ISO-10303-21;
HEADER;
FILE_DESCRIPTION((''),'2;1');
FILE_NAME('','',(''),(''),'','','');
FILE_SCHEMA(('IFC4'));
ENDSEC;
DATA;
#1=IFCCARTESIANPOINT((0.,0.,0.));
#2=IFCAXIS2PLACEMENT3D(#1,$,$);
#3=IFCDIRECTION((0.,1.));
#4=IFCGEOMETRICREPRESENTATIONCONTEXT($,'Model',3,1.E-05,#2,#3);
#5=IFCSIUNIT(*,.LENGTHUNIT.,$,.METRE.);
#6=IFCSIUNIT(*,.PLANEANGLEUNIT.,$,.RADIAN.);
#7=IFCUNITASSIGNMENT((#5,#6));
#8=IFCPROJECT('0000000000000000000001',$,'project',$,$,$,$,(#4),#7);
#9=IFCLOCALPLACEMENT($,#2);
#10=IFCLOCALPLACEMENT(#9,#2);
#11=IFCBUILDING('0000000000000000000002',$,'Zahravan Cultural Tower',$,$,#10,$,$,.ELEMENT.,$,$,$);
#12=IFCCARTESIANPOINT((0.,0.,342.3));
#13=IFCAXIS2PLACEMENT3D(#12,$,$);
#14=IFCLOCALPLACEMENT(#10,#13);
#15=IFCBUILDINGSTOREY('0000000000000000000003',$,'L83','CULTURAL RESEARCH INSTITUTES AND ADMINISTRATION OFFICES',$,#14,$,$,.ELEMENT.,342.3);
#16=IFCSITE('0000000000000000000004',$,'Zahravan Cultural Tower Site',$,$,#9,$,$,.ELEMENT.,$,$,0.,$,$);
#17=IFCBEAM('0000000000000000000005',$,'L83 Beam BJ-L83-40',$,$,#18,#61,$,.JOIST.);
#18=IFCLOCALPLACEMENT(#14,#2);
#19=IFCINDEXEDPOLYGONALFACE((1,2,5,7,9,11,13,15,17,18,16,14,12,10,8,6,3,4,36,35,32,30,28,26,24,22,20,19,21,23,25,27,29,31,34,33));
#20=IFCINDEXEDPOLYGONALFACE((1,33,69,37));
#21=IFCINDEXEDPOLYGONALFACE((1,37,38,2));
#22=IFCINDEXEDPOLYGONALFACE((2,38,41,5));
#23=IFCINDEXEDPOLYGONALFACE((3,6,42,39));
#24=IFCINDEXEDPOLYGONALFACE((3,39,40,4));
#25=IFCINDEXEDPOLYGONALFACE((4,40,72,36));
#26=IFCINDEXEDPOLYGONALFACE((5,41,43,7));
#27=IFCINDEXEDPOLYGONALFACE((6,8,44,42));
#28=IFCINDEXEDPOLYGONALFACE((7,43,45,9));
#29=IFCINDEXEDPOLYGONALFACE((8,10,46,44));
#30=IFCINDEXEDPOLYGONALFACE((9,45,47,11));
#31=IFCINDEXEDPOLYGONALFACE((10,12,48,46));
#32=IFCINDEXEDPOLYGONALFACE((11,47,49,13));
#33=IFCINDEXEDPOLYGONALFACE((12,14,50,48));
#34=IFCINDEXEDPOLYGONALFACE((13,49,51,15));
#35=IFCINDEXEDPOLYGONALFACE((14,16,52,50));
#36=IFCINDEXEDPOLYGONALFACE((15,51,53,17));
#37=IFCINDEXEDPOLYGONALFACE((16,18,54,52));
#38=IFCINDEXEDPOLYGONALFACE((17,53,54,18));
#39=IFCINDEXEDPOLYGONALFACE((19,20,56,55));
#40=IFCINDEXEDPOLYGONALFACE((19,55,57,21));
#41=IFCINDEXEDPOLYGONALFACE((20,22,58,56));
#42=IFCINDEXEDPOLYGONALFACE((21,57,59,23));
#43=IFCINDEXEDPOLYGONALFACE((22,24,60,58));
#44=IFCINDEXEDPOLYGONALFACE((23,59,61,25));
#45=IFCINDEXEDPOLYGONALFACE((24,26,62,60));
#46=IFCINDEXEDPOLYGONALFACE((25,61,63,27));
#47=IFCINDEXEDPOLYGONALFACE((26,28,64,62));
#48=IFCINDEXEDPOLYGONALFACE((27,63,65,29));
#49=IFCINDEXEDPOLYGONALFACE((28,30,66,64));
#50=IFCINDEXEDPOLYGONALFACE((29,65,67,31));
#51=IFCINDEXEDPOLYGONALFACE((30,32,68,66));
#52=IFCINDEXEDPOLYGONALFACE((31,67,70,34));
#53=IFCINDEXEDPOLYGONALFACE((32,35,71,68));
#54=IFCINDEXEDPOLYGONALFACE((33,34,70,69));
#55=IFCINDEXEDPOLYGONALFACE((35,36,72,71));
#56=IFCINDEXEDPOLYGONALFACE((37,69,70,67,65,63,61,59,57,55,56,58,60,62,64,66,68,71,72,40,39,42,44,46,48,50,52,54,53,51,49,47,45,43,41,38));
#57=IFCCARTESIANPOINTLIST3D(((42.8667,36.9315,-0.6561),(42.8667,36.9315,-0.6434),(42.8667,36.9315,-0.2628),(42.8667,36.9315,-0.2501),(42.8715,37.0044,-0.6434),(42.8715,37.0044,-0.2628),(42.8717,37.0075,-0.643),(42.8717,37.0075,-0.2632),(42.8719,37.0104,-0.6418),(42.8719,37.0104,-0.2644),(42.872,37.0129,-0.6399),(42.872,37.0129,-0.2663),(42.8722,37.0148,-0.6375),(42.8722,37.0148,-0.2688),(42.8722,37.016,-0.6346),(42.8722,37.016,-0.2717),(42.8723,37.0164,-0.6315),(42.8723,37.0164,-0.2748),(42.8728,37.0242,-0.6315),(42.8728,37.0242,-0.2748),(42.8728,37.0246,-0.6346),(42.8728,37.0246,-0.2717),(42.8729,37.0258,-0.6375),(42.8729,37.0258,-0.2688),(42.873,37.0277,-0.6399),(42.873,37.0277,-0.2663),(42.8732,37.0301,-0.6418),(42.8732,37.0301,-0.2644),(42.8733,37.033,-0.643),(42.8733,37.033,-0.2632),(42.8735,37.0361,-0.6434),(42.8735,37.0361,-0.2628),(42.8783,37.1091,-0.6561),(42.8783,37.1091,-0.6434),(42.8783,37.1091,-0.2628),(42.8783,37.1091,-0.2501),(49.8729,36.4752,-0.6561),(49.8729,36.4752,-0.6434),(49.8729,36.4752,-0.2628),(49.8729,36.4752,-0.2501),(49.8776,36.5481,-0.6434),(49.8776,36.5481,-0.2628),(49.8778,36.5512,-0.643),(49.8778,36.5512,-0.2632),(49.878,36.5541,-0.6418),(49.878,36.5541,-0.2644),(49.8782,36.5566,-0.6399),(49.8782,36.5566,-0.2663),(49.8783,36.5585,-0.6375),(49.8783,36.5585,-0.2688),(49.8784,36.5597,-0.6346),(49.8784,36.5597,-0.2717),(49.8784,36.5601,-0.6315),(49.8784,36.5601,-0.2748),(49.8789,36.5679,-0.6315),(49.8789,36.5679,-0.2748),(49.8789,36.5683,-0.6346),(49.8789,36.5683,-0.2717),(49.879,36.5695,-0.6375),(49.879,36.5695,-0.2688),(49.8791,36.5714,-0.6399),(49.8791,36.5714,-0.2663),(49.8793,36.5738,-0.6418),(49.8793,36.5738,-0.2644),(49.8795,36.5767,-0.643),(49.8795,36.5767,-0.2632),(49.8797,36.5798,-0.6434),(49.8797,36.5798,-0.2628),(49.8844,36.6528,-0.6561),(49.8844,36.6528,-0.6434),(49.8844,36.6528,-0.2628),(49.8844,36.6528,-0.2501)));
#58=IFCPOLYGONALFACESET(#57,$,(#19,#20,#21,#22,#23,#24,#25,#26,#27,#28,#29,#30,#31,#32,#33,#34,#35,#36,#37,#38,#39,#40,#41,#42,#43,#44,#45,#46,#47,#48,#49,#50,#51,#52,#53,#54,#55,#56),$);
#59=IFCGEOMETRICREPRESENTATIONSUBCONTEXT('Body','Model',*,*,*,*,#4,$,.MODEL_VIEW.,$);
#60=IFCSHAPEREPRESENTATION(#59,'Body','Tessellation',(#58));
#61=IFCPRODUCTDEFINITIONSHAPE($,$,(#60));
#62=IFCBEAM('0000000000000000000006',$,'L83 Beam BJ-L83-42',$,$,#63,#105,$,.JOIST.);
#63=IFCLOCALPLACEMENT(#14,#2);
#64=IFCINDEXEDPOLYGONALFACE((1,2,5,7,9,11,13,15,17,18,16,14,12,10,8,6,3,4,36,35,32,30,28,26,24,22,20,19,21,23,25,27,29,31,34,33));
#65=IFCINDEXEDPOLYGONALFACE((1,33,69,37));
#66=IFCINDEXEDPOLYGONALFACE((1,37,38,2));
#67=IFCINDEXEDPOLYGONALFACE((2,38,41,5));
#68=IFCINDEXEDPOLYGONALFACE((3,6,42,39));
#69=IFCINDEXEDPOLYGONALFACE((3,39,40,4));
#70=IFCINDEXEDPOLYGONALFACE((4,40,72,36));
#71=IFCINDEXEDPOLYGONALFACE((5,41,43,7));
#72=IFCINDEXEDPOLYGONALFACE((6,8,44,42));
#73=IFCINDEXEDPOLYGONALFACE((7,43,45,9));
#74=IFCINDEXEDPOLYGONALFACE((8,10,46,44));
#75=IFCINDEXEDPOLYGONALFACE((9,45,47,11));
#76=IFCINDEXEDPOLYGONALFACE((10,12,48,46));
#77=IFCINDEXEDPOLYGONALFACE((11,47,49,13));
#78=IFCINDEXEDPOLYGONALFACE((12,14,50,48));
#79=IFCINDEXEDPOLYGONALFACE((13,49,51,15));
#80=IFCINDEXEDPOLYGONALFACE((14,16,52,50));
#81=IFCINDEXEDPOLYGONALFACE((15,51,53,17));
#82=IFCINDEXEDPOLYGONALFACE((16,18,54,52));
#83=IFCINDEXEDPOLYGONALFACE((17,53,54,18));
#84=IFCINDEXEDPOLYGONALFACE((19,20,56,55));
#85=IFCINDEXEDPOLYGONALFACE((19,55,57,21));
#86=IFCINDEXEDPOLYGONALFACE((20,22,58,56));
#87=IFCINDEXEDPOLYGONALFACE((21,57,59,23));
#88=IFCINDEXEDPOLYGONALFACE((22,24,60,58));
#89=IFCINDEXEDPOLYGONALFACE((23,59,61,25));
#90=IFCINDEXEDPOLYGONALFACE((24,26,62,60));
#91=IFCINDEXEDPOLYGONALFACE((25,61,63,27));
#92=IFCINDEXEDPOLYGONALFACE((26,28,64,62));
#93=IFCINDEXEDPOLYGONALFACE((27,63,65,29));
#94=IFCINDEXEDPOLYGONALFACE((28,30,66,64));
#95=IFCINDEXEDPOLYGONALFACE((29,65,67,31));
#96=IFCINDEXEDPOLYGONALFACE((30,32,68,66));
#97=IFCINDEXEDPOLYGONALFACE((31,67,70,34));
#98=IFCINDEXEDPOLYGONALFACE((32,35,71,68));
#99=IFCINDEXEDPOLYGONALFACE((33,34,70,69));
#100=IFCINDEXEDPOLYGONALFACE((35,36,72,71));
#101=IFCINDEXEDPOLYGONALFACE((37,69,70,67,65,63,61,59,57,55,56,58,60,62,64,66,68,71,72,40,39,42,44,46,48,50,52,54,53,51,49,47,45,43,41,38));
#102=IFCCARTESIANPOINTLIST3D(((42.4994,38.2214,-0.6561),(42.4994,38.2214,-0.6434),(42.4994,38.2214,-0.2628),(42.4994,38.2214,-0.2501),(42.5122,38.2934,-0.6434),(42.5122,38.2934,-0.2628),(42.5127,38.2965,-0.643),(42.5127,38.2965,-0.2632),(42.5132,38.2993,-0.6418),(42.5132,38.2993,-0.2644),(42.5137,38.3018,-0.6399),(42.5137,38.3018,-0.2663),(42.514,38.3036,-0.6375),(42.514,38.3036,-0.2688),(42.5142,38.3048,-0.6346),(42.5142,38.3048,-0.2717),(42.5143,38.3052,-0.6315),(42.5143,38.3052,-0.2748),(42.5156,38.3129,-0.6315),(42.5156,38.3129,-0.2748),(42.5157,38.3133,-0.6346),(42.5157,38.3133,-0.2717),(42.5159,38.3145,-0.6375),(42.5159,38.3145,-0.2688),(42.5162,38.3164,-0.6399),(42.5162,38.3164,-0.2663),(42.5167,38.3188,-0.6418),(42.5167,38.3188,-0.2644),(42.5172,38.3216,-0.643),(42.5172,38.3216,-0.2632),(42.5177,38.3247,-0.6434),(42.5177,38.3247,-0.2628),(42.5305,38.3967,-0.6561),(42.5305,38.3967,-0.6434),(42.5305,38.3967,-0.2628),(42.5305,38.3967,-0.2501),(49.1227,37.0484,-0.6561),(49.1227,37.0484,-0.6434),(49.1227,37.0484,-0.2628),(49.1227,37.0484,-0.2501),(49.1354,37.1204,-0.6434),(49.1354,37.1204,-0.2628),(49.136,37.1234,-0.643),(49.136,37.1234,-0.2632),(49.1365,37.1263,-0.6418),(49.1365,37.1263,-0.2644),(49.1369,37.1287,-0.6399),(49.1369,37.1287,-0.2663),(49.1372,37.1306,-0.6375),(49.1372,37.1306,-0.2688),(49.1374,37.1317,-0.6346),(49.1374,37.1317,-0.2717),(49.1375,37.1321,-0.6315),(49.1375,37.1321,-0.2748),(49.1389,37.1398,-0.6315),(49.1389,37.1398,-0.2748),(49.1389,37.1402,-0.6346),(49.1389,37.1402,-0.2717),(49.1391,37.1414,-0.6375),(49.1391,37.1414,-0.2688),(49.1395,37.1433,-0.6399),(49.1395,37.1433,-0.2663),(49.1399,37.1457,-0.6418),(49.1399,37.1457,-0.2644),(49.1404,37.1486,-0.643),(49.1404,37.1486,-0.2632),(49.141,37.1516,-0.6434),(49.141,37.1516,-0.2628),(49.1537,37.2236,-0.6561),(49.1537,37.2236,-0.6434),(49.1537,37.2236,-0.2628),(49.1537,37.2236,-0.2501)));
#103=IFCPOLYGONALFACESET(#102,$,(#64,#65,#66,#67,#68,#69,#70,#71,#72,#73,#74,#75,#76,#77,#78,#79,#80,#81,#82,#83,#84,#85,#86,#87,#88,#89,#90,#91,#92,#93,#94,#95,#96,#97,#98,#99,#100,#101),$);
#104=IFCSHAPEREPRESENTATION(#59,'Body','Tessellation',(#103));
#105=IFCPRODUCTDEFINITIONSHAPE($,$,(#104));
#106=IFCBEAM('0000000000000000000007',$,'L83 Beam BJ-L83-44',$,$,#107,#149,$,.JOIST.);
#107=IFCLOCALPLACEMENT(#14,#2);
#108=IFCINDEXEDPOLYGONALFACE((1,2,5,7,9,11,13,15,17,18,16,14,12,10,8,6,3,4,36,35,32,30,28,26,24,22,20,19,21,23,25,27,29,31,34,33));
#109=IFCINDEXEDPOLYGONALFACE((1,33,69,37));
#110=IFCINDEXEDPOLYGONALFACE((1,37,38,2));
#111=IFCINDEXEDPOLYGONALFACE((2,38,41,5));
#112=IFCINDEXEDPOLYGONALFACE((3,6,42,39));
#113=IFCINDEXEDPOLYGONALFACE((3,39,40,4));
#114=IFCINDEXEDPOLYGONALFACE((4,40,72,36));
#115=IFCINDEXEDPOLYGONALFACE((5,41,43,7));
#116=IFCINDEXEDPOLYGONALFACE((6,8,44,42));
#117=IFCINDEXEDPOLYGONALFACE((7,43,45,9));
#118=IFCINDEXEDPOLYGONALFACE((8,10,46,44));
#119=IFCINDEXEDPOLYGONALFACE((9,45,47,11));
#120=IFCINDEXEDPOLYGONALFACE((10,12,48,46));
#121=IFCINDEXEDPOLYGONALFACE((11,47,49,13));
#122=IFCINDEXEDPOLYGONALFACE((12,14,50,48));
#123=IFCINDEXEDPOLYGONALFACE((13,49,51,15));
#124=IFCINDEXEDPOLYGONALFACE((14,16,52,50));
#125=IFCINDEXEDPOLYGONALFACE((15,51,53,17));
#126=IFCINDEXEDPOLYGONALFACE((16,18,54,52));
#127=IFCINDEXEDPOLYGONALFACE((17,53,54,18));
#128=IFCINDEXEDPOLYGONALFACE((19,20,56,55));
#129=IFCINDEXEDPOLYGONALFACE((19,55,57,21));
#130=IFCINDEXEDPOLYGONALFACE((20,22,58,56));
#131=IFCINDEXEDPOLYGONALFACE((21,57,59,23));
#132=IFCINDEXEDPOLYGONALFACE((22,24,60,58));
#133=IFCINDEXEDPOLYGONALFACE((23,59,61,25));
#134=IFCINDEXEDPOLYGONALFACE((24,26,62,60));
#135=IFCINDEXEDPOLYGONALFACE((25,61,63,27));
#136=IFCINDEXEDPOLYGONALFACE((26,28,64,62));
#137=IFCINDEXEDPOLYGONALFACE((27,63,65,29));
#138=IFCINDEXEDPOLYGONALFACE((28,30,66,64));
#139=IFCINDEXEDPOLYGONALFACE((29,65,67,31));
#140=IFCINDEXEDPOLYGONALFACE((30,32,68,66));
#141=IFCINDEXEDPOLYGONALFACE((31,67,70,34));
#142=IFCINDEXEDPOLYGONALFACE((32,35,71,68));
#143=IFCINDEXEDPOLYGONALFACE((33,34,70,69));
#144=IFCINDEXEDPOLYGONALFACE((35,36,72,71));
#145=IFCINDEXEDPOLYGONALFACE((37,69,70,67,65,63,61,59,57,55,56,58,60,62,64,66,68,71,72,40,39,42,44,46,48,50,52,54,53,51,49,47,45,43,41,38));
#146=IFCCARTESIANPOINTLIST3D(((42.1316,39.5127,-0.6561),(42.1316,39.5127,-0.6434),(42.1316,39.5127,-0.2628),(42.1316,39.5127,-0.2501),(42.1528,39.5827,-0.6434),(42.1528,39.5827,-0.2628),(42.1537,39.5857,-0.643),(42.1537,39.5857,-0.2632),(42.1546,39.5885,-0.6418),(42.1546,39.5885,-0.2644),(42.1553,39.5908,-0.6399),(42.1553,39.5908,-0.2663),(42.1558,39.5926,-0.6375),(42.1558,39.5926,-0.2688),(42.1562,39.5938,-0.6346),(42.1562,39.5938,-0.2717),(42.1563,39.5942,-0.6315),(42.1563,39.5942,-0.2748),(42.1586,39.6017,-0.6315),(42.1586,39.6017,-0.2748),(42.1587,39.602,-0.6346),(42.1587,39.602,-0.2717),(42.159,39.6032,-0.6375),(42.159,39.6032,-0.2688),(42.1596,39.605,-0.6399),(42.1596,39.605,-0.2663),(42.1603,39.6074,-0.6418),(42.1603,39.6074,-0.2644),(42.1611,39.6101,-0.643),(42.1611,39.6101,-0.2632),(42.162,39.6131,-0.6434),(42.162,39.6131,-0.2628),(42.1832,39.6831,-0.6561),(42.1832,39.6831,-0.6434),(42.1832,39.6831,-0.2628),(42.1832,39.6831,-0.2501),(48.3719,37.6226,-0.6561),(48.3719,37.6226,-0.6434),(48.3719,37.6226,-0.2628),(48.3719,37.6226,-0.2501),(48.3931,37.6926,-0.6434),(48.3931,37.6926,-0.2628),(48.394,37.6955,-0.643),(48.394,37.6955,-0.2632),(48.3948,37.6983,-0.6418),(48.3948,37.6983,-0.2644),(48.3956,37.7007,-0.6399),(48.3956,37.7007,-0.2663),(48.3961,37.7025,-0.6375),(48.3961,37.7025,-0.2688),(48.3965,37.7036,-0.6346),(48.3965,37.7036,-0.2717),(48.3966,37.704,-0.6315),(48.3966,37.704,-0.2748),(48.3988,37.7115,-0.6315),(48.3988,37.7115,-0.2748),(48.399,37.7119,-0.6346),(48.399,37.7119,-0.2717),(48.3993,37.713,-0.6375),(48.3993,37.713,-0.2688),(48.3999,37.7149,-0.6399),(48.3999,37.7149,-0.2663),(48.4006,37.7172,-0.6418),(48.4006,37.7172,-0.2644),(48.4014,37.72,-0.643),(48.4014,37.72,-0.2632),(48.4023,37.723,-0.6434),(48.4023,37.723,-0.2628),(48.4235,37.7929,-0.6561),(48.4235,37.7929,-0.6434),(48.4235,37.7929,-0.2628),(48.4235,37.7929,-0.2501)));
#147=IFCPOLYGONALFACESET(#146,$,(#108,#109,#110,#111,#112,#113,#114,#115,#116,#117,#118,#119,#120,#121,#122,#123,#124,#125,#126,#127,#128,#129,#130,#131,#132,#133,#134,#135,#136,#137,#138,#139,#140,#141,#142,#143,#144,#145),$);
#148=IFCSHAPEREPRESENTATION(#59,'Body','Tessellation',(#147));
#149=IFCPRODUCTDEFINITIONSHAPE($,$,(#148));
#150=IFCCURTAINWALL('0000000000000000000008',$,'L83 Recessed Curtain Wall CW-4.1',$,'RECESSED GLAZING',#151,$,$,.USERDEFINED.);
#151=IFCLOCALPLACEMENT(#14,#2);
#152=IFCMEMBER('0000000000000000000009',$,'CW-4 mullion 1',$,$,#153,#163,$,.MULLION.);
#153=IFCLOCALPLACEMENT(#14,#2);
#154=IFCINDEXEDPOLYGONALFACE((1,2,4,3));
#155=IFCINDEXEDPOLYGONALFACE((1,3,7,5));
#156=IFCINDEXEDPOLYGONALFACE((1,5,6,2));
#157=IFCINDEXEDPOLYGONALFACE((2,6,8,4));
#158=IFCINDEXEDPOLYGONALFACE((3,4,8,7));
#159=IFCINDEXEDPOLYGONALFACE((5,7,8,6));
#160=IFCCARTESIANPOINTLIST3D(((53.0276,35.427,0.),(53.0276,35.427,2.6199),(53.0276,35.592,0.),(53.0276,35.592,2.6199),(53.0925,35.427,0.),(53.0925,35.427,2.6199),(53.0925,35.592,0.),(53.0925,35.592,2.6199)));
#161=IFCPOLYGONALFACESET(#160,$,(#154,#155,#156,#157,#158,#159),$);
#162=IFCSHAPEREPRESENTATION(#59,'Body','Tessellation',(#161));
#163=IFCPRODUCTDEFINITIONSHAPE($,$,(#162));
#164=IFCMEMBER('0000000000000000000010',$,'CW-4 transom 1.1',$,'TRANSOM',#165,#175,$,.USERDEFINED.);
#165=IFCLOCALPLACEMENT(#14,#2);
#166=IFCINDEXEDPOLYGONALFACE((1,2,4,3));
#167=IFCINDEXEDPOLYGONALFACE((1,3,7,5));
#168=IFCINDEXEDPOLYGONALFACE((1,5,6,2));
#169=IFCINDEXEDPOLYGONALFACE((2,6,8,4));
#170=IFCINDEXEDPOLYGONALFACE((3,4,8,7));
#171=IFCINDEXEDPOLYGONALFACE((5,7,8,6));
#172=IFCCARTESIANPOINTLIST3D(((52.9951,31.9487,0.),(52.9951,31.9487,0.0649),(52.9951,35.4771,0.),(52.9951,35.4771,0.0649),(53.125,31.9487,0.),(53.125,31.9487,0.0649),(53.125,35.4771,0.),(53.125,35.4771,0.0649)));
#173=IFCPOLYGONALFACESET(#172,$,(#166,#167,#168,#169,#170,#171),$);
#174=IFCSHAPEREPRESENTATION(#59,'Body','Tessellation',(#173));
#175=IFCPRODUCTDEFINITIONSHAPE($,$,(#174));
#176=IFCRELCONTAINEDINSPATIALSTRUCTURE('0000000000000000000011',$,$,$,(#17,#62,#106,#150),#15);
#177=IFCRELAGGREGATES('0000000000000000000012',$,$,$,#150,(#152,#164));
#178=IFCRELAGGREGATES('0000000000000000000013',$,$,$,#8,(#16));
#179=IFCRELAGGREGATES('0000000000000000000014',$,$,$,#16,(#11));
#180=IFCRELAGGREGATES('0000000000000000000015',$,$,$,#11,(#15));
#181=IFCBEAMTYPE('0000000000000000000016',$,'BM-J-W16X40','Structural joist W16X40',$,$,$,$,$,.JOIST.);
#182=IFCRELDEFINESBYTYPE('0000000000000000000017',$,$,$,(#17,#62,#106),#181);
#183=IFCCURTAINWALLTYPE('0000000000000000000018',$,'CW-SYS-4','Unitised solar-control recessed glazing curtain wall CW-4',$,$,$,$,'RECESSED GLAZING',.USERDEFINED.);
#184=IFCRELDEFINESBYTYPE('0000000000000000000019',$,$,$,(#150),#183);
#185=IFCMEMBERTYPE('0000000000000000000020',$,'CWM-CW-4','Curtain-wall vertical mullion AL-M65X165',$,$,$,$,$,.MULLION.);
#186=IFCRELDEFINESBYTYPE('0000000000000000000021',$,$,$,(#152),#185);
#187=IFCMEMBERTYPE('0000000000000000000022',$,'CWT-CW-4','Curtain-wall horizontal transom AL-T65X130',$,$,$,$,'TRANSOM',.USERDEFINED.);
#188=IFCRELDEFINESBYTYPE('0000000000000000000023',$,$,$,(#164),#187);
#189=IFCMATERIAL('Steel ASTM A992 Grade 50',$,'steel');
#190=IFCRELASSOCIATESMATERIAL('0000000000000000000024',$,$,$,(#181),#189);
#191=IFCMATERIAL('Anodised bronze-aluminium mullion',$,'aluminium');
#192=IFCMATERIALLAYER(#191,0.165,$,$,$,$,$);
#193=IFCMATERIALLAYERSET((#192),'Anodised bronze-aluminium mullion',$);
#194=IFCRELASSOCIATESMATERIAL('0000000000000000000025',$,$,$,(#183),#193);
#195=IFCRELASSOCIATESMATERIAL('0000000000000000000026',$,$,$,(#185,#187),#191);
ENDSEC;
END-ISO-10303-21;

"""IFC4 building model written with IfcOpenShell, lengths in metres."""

from ifc_helpers import new_model, si_unit, direction, frame, origin, origin_2d, place, context, subcontext, project, spatial, rectangle, i_section, extrude, source, transform, mapped, material, layer, layer_set, material_profile, profile_set, type_object, element, aggregate, save


model = new_model("IFC4")

# Units and contexts
model_context = context("Model", 3, precision=1e-05, world=origin(), true_north=direction((0.0, 1.0)))
body_context = subcontext(model_context, "Body", "Model", "MODEL_VIEW")
ifc_project = project(units=[si_unit("LENGTHUNIT", "METRE"), si_unit("PLANEANGLEUNIT", "RADIAN")], contexts=[model_context])

# Site, building, storey
site_placement = place(None, origin())
site = spatial("IfcSite", under=ifc_project, at=site_placement, Name="Zahravan Cultural Tower Site", CompositionType="ELEMENT", RefElevation=0.0)
building_placement = place(site_placement, origin())
building = spatial("IfcBuilding", under=site, at=building_placement, Name="Zahravan Cultural Tower", CompositionType="ELEMENT")
storey_placement = place(building_placement, frame((0.0, 0.0, 342.3)))
storey = spatial("IfcBuildingStorey", under=building, at=storey_placement, Name="L83", Description="CULTURAL RESEARCH INSTITUTES AND ADMINISTRATION OFFICES", CompositionType="ELEMENT", Elevation=342.3)

# Shared definitions
ifc_material_1 = material(Name="Steel ASTM A992 Grade 50", Category="steel")

# Beams
ifc_material_profile_1 = material_profile(ifc_material_1, i_section(OverallWidth=0.178, OverallDepth=0.406, WebThickness=0.0078, FlangeThickness=0.0127, FilletRadius=0.012, at=origin_2d()), Name="W16X40")
ifc_profile_set_1 = profile_set([ifc_material_profile_1], Name="Steel ASTM A992 Grade 50")
beam_type_1 = type_object("IfcBeamType", Name="BM-J-W16X40", Description="Structural joist W16X40", PredefinedType="JOIST", material=ifc_profile_set_1)
shared_shape_1 = source(origin(), body_context, "Body", "SweptSolid", [
    extrude(i_section(OverallWidth=0.178, OverallDepth=0.406, WebThickness=0.0078, FlangeThickness=0.0127, FilletRadius=0.012, at=origin_2d()), origin(), (0.0, 0.0, 1.0), 7.021),
])
beam_1_placement = place(storey_placement, frame((49.8787, 36.564, -0.4531), z_axis=(-0.997886, 0.064991, 0.0), x_axis=(-0.064991, -0.997886, 0.0)))
element("IfcBeam", 1, at=beam_1_placement, inside=storey, type_object=beam_type_1, Name="L83 Beam BJ-L83-40", PredefinedType="JOIST", context=body_context, shape_type="MappedRepresentation", body=[
    mapped(shared_shape_1, transform((0.0, 0.0, 0.0), x_axis=(1.0, 0.0, 0.0), y_axis=(0.0, 1.0, 0.0), z_axis=(0.0, 0.0, 1.0), scale=1.0)),
])
shared_shape_2 = source(origin(), body_context, "Body", "SweptSolid", [
    extrude(i_section(OverallWidth=0.178, OverallDepth=0.406, WebThickness=0.0078, FlangeThickness=0.0127, FilletRadius=0.012, at=origin_2d()), origin(), (0.0, 0.0, 1.0), 6.7263),
])
beam_2_placement = place(storey_placement, frame((49.1382, 37.136, -0.4531), z_axis=(-0.984674, 0.174402, 0.0), x_axis=(-0.174402, -0.984674, 0.0)))
element("IfcBeam", 2, at=beam_2_placement, inside=storey, type_object=beam_type_1, Name="L83 Beam BJ-L83-42", PredefinedType="JOIST", context=body_context, shape_type="MappedRepresentation", body=[
    mapped(shared_shape_2, transform((0.0, 0.0, 0.0), x_axis=(1.0, 0.0, 0.0), y_axis=(0.0, 1.0, 0.0), z_axis=(0.0, 0.0, 1.0), scale=1.0)),
])
shared_shape_3 = source(origin(), body_context, "Body", "SweptSolid", [
    extrude(i_section(OverallWidth=0.178, OverallDepth=0.406, WebThickness=0.0078, FlangeThickness=0.0127, FilletRadius=0.012, at=origin_2d()), origin(), (0.0, 0.0, 1.0), 6.5203),
])
beam_3_placement = place(storey_placement, frame((48.3977, 37.7078, -0.4531), z_axis=(-0.95706, 0.289889, 0.0), x_axis=(-0.289889, -0.95706, 0.0)))
element("IfcBeam", 3, at=beam_3_placement, inside=storey, type_object=beam_type_1, Name="L83 Beam BJ-L83-44", PredefinedType="JOIST", context=body_context, shape_type="MappedRepresentation", body=[
    mapped(shared_shape_3, transform((0.0, 0.0, 0.0), x_axis=(1.0, 0.0, 0.0), y_axis=(0.0, 1.0, 0.0), z_axis=(0.0, 0.0, 1.0), scale=1.0)),
])

# Curtain wall, members
ifc_material_2 = material(Name="Anodised bronze-aluminium mullion", Category="aluminium")
ifc_layer_1 = layer(ifc_material_2, 0.165)
ifc_layer_set_1 = layer_set([ifc_layer_1], Name="Anodised bronze-aluminium mullion")
curtain_wall_type = type_object("IfcCurtainWallType", Name="CW-SYS-4", Description="Unitised solar-control recessed glazing curtain wall CW-4", ElementType="RECESSED GLAZING", PredefinedType="USERDEFINED", material=ifc_layer_set_1)
curtain_wall_placement = place(storey_placement, origin())
curtain_wall = element("IfcCurtainWall", 4, at=curtain_wall_placement, inside=storey, type_object=curtain_wall_type, Name="L83 Recessed Curtain Wall CW-4.1", ObjectType="RECESSED GLAZING", PredefinedType="USERDEFINED")
ifc_material_profile_2 = material_profile(ifc_material_2, rectangle(XDim=0.0649, YDim=0.165, at=origin_2d()), Name="AL-M65X165")
ifc_profile_set_2 = profile_set([ifc_material_profile_2], Name="Anodised bronze-aluminium mullion")
member_type_1 = type_object("IfcMemberType", Name="CWM-CW-4", Description="Curtain-wall vertical mullion AL-M65X165", PredefinedType="MULLION", material=ifc_profile_set_2)
shared_shape_4 = source(origin(), body_context, "Body", "SweptSolid", [
    extrude(rectangle(XDim=0.0649, YDim=0.165, at=origin_2d()), origin(), (0.0, 0.0, 1.0), 2.6199),
])
member_1_placement = place(storey_placement, frame((53.0601, 35.5095, 0.0), z_axis=(0.0, 0.0, 1.0), x_axis=(1.0, 0.0, 0.0)))
member_1 = element("IfcMember", 5, at=member_1_placement, type_object=member_type_1, Name="CW-4 mullion 1", PredefinedType="MULLION", context=body_context, shape_type="MappedRepresentation", body=[
    mapped(shared_shape_4, transform((0.0, 0.0, 0.0), x_axis=(1.0, 0.0, 0.0), y_axis=(0.0, 1.0, 0.0), z_axis=(0.0, 0.0, 1.0), scale=1.0)),
])
ifc_material_profile_3 = material_profile(ifc_material_2, rectangle(XDim=0.1299, YDim=0.0649, at=origin_2d()), Name="AL-T65X130")
ifc_profile_set_3 = profile_set([ifc_material_profile_3], Name="Anodised bronze-aluminium mullion")
member_type_2 = type_object("IfcMemberType", Name="CWT-CW-4", Description="Curtain-wall horizontal transom AL-T65X130", ElementType="TRANSOM", PredefinedType="USERDEFINED", material=ifc_profile_set_3)
shared_shape_5 = source(origin(), body_context, "Body", "SweptSolid", [
    extrude(rectangle(XDim=0.1299, YDim=0.0649, at=origin_2d()), origin(), (0.0, 0.0, 1.0), 3.5283),
])
member_2_placement = place(storey_placement, frame((53.0601, 35.4771, 0.0325), z_axis=(0.0, -1.0, 0.0), x_axis=(1.0, 0.0, 0.0)))
member_2 = element("IfcMember", 6, at=member_2_placement, type_object=member_type_2, Name="CW-4 transom 1.1", ObjectType="TRANSOM", PredefinedType="USERDEFINED", context=body_context, shape_type="MappedRepresentation", body=[
    mapped(shared_shape_5, transform((0.0, 0.0, 0.0), x_axis=(1.0, 0.0, 0.0), y_axis=(0.0, 1.0, 0.0), z_axis=(0.0, 0.0, 1.0), scale=1.0)),
])
aggregate(curtain_wall, [member_1, member_2])

save(model, "model.ifc")
